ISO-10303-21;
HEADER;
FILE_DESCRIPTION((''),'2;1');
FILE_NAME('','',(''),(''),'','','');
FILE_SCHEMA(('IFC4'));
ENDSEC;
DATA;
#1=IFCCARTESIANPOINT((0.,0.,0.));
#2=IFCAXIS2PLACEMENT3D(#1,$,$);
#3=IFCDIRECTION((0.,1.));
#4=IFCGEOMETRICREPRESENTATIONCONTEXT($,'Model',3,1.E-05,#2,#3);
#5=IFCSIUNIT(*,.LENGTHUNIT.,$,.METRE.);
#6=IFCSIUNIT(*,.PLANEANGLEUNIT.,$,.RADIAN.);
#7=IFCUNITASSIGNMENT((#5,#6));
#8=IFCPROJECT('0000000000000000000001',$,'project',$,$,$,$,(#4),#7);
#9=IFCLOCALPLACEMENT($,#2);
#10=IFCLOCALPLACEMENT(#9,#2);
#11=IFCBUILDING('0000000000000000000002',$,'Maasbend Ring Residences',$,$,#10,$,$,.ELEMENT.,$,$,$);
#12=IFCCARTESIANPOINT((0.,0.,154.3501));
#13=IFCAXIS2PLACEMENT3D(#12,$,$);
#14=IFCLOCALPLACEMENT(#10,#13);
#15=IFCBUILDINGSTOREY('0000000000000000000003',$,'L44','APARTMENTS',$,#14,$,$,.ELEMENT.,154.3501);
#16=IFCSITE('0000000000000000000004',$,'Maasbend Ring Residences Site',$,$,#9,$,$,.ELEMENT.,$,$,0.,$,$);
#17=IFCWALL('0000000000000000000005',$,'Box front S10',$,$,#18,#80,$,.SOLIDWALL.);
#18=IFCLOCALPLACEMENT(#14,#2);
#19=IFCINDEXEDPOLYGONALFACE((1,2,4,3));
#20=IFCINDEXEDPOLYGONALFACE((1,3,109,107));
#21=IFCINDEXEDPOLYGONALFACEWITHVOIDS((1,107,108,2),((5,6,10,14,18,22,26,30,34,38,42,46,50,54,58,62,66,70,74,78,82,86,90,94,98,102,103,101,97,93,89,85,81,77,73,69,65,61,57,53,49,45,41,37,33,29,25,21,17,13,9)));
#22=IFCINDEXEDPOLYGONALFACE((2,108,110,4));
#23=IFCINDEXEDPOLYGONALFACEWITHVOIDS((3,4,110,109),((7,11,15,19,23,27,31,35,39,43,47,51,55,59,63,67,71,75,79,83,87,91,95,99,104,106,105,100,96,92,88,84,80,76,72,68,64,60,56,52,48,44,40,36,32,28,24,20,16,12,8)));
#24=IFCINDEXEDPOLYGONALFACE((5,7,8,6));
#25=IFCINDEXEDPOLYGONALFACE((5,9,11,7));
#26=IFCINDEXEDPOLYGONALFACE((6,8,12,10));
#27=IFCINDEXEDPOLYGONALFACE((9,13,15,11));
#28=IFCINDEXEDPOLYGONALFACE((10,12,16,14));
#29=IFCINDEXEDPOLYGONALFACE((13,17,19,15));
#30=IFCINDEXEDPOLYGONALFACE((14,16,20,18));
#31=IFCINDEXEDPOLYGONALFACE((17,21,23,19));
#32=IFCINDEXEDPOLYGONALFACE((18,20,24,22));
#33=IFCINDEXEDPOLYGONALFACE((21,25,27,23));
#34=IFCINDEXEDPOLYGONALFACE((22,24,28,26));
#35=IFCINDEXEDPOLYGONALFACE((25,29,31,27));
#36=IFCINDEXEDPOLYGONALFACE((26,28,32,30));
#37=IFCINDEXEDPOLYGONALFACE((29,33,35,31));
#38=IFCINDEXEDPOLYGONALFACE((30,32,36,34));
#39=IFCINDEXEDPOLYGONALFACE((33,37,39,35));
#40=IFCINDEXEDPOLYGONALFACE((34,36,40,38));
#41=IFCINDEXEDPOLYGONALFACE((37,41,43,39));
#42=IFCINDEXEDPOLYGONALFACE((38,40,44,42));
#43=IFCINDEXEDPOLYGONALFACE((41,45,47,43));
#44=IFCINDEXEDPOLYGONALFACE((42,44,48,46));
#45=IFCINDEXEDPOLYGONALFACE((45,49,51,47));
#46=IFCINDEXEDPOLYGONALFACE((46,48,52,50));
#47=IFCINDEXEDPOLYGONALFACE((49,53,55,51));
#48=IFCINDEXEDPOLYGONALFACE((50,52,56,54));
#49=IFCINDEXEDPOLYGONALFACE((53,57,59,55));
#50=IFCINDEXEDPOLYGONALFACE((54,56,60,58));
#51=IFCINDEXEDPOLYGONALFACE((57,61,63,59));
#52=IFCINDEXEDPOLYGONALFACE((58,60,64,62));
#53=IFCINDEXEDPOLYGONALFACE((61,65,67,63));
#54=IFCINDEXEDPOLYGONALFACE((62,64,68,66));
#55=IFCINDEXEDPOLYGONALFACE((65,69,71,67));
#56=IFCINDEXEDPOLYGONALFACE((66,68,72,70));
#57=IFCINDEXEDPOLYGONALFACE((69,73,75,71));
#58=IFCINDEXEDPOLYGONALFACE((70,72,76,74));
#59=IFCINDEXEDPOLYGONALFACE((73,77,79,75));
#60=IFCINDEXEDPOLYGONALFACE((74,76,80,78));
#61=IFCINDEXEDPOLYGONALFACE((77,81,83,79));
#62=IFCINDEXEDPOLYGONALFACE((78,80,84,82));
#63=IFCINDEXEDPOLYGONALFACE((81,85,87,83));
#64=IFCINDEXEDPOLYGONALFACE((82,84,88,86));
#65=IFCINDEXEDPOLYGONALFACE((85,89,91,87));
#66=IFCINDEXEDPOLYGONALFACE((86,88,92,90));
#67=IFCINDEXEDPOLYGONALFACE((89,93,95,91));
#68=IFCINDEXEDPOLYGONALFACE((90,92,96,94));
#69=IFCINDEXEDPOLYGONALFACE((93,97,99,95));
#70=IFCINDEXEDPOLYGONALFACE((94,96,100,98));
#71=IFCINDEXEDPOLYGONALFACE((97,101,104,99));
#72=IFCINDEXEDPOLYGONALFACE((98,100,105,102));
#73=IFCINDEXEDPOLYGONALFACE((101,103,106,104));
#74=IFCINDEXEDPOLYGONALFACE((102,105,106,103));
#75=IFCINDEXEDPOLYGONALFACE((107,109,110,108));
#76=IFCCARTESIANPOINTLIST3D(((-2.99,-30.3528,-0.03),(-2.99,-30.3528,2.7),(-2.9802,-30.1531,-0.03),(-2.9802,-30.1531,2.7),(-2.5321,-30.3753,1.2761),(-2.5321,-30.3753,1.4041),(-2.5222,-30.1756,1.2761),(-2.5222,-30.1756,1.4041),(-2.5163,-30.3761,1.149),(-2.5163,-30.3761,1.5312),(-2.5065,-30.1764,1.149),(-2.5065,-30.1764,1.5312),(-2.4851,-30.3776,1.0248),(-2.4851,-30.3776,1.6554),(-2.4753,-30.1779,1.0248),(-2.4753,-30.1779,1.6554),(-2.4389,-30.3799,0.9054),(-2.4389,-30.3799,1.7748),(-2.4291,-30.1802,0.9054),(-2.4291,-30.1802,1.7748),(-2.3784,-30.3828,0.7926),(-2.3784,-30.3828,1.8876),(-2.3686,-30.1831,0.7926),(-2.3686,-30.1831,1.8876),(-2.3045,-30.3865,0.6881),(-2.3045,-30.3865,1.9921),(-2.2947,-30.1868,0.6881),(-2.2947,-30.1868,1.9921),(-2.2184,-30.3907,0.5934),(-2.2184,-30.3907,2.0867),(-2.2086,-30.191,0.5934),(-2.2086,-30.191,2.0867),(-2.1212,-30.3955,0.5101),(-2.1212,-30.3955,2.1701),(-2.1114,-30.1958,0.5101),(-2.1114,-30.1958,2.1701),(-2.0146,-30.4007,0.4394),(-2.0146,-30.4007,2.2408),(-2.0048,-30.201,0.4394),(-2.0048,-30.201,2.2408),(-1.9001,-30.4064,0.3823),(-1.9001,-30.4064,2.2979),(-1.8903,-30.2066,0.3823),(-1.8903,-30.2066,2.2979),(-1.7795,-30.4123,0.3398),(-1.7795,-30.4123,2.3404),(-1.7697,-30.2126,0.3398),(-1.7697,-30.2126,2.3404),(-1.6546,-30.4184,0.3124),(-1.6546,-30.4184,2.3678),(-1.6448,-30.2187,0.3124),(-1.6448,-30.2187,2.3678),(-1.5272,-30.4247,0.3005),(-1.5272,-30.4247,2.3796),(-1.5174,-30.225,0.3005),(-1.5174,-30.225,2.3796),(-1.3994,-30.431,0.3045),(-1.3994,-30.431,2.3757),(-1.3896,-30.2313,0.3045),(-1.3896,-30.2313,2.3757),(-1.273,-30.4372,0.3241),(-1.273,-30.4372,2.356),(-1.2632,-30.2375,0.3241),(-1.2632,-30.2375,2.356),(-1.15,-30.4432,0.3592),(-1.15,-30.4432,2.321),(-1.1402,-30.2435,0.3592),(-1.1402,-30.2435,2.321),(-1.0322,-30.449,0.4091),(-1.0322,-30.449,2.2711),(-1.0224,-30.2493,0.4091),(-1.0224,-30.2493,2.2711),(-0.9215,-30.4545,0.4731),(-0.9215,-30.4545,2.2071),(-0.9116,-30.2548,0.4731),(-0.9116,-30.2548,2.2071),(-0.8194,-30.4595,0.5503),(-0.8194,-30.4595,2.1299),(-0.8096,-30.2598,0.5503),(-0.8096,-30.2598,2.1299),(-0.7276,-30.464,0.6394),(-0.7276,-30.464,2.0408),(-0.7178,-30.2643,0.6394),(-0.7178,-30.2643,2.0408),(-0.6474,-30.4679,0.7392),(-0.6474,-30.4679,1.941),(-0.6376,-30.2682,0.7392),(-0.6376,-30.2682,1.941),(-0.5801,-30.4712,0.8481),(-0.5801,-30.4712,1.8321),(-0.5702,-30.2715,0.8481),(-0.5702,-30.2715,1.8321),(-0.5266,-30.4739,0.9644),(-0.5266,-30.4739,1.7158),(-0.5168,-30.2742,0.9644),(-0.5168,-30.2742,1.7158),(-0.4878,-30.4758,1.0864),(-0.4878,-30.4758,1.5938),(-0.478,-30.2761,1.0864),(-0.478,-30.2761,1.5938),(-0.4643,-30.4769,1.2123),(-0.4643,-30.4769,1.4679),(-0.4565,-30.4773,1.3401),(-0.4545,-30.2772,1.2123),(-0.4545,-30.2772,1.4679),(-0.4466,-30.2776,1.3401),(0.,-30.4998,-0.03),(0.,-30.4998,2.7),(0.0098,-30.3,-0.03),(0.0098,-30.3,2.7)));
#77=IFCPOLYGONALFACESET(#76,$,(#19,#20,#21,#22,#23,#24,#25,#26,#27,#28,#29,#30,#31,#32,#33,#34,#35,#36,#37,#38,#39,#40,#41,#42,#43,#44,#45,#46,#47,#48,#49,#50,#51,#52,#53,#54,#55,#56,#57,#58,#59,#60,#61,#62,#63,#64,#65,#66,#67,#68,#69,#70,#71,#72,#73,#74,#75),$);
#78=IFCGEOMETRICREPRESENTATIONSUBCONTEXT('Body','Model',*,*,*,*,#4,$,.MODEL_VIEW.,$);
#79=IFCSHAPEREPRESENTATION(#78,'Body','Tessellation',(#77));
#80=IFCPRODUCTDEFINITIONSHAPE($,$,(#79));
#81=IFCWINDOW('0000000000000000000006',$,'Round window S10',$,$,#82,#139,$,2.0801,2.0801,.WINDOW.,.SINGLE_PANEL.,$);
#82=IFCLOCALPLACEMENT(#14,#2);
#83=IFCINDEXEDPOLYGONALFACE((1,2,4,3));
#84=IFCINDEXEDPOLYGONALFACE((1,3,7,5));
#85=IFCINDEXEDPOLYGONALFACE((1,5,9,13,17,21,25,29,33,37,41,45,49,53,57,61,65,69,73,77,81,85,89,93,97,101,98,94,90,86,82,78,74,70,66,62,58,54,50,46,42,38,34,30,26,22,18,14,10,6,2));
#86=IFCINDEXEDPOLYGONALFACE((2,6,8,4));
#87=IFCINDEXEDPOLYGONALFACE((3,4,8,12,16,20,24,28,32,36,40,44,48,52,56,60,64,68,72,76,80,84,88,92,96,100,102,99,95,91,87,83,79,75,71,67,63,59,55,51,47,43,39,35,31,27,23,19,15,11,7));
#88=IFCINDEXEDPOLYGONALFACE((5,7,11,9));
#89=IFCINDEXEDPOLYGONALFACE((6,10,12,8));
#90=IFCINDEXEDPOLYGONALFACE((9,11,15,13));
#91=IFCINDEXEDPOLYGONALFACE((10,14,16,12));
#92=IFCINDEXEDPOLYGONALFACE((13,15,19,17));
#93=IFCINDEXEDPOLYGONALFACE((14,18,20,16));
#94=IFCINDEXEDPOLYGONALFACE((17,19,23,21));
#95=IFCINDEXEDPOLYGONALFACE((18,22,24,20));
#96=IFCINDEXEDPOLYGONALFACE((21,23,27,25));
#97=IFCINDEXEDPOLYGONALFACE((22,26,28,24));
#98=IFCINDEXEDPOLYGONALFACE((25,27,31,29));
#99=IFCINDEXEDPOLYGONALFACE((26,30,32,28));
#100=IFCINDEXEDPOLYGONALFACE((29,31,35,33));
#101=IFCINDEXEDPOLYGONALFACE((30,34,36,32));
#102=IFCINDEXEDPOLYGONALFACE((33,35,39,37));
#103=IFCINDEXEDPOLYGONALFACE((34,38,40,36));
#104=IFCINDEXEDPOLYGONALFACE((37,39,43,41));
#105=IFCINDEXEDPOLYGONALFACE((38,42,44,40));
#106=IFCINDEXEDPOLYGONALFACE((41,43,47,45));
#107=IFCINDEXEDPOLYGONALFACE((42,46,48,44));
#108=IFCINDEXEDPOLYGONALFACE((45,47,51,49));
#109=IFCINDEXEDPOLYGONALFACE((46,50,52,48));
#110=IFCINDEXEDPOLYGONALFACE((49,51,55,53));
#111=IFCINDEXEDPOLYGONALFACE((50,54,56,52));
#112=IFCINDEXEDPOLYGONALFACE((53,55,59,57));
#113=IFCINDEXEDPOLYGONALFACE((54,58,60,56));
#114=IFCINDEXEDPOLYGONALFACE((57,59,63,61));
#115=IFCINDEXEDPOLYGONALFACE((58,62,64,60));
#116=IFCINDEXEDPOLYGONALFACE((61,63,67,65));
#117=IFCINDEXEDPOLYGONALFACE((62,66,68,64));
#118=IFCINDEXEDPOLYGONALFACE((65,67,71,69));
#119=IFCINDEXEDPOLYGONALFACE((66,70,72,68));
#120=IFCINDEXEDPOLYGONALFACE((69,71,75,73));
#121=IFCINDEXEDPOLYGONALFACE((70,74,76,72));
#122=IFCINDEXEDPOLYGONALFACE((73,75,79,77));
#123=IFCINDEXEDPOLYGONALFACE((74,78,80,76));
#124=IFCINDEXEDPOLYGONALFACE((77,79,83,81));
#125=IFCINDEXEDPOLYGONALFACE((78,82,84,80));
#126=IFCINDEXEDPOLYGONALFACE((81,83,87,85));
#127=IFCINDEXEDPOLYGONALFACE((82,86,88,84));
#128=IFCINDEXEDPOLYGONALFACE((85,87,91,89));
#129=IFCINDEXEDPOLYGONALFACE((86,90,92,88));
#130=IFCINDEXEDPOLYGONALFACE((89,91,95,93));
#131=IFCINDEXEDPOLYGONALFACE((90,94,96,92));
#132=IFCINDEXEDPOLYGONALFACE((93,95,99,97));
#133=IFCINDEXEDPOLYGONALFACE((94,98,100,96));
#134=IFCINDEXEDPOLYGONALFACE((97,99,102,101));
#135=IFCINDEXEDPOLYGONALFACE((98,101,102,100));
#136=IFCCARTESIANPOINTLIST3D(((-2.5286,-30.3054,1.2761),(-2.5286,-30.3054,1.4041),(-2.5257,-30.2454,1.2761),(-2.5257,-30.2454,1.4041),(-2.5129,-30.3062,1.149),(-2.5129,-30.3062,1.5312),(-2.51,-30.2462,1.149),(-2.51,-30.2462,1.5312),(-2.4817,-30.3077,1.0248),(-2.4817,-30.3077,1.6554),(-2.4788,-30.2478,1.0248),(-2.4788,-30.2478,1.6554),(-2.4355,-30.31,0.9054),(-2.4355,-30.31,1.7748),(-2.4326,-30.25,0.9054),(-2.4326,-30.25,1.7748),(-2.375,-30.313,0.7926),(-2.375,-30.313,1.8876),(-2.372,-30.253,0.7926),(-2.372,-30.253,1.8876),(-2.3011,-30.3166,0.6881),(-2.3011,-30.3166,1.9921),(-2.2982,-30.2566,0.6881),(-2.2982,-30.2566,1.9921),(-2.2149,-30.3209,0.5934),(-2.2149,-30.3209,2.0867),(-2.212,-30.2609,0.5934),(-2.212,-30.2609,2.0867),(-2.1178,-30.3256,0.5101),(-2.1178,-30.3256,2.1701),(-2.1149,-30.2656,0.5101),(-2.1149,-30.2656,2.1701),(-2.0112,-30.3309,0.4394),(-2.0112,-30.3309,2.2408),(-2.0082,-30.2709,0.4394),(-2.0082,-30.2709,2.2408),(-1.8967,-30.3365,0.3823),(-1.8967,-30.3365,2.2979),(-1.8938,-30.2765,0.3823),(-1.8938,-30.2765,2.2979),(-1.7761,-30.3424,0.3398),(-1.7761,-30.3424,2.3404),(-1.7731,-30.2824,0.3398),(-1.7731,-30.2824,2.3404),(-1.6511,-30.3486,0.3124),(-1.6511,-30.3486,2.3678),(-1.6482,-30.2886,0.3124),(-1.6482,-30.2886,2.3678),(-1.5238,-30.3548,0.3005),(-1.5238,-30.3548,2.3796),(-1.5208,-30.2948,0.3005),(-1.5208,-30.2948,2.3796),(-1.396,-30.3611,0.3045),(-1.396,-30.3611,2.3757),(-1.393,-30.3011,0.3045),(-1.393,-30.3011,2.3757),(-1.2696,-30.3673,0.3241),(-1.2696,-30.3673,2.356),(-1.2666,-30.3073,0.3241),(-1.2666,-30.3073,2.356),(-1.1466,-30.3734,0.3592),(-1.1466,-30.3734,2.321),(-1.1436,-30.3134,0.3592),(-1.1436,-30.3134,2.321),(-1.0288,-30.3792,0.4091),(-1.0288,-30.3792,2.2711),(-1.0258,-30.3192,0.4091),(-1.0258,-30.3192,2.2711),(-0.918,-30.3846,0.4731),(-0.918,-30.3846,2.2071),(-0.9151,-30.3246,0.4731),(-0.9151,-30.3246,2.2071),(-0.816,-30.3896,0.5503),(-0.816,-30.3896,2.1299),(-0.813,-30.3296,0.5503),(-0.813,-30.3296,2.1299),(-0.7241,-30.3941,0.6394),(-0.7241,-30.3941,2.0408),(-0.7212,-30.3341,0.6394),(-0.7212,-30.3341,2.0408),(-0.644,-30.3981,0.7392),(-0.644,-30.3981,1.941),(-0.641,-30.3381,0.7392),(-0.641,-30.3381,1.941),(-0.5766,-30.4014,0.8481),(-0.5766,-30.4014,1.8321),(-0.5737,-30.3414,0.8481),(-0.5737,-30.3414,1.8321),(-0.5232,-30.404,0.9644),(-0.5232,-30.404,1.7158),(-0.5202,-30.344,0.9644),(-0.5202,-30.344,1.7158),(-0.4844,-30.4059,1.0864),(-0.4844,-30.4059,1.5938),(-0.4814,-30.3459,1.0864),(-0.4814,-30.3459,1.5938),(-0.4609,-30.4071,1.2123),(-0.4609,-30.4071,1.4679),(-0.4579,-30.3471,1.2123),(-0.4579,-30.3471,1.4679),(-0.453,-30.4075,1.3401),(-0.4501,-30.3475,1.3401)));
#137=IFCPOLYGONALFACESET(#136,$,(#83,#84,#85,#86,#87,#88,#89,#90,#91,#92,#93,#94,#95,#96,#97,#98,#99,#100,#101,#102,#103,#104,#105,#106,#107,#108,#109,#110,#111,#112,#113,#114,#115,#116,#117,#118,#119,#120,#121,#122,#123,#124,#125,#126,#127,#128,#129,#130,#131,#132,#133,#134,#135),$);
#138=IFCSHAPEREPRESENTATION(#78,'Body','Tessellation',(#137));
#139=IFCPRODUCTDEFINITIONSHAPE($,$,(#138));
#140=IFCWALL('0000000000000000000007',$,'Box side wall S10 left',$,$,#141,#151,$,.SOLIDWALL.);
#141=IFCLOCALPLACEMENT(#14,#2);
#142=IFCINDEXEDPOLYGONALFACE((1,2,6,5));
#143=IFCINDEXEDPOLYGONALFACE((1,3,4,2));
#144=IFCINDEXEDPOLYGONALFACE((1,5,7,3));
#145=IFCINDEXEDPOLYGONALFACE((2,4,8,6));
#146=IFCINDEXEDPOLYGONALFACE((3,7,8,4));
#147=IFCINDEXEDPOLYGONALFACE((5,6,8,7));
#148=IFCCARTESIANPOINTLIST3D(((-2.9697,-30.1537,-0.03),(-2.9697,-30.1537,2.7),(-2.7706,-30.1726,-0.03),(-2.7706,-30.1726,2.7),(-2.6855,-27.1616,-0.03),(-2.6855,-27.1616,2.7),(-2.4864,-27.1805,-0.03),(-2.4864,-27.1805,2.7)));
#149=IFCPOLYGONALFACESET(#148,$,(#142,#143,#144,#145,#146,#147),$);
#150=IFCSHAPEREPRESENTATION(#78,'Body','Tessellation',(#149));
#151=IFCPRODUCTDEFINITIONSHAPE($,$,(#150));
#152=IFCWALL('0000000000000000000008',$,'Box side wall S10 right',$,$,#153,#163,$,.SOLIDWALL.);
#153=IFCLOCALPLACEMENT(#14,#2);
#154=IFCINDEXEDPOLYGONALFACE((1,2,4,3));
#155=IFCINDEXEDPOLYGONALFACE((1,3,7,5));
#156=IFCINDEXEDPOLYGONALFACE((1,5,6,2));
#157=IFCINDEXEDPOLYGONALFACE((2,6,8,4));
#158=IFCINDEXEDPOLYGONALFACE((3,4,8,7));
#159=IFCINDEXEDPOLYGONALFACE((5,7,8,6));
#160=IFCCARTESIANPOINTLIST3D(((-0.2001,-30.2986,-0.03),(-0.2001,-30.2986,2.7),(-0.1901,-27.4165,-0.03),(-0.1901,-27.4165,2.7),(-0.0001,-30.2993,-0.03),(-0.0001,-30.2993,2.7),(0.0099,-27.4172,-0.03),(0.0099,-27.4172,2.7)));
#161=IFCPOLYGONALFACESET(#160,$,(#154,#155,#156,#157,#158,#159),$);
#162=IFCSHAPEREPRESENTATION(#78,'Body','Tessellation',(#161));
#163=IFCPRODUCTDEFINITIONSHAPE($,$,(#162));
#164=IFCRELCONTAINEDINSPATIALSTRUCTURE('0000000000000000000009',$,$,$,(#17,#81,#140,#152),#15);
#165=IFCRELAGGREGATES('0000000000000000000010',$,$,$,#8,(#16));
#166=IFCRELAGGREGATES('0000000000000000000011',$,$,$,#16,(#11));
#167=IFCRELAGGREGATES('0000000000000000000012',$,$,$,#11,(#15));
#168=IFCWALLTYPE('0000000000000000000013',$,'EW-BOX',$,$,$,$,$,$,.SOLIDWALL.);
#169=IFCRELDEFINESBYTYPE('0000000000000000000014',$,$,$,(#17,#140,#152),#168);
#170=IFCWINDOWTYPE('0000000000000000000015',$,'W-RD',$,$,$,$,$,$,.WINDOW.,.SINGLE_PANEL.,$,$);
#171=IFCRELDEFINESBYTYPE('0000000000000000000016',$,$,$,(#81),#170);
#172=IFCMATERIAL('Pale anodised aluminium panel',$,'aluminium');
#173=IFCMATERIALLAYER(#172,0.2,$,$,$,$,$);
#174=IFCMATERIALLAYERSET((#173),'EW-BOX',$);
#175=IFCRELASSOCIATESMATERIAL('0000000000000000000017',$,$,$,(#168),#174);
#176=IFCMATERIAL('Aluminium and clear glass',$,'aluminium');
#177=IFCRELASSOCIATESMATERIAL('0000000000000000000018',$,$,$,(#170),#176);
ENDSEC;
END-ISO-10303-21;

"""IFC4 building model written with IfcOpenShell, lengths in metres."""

from ifc_helpers import new_model, si_unit, direction, frame, frame_2d, origin, place, context, subcontext, project, spatial, rectangle, circle, extrude, material, layer, layer_set, type_object, element, fill, save


model = new_model("IFC4")

# Units and contexts
model_context = context("Model", 3, precision=1e-05, world=origin(), true_north=direction((0.0, 1.0)))
body_context = subcontext(model_context, "Body", "Model", "MODEL_VIEW")
ifc_project = project(units=[si_unit("LENGTHUNIT", "METRE"), si_unit("PLANEANGLEUNIT", "RADIAN")], contexts=[model_context])

# Site, building, storey
site_placement = place(None, origin())
site = spatial("IfcSite", under=ifc_project, at=site_placement, Name="Maasbend Ring Residences Site", CompositionType="ELEMENT", RefElevation=0.0)
building_placement = place(site_placement, origin())
building = spatial("IfcBuilding", under=site, at=building_placement, Name="Maasbend Ring Residences", CompositionType="ELEMENT")
storey_placement = place(building_placement, frame((0.0, 0.0, 154.3501)))
storey = spatial("IfcBuildingStorey", under=building, at=storey_placement, Name="L44", Description="APARTMENTS", CompositionType="ELEMENT", Elevation=154.3501)

# Shared definitions
ifc_material_1 = material(Name="Pale anodised aluminium panel", Category="aluminium")
ifc_layer_1 = layer(ifc_material_1, 0.2)
ifc_layer_set_1 = layer_set([ifc_layer_1], Name="EW-BOX")
wall_type_1 = type_object("IfcWallType", Name="EW-BOX", PredefinedType="SOLIDWALL", material=ifc_layer_set_1)

# Shared definitions
ifc_material_2 = material(Name="Aluminium and clear glass", Category="aluminium")
window_type_1 = type_object("IfcWindowType", Name="W-RD", PartitioningType="SINGLE_PANEL", PredefinedType="WINDOW", material=ifc_material_2)

# Wall, opening, window
wall_1_placement = place(storey_placement, frame((-2.9851, -30.2529, -0.03), z_axis=(0.0, 0.0, 1.0), x_axis=(0.998794, -0.049096, 0.0)))
wall_1 = element("IfcWall", 1, at=wall_1_placement, inside=storey, type_object=wall_type_1, Name="Box front S10", PredefinedType="SOLIDWALL", context=body_context, shape_type="SweptSolid", body=[
    extrude(rectangle(XDim=2.9937, YDim=0.2, at=frame_2d((1.4968, 0.0))), origin(), (0.0, 0.0, 1.0), 2.73),
])
opening_1_placement = place(wall_1_placement, frame((0.4565, 0.0, 0.3301)))
opening_1 = element("IfcOpeningElement", 2, at=opening_1_placement, cuts=wall_1, PredefinedType="OPENING", context=body_context, shape_type="SweptSolid", body=[
    extrude(circle(Radius=1.04, at=frame_2d((1.04, 1.04))), frame((0.0, 0.1099, 0.0), z_axis=(0.0, -1.0, 0.0), x_axis=(1.0, 0.0, 0.0)), (0.0, 0.0, 1.0), 0.22),
])
window_1_placement = place(opening_1_placement, origin())
window_1 = element("IfcWindow", 3, at=window_1_placement, inside=storey, type_object=window_type_1, Name="Round window S10", OverallHeight=2.0801, OverallWidth=2.0801, PartitioningType="SINGLE_PANEL", PredefinedType="WINDOW", context=body_context, shape_type="SweptSolid", body=[
    extrude(circle(Radius=1.04, at=frame_2d((1.04, 1.04))), frame((0.0, 0.03, 0.0), z_axis=(0.0, -1.0, 0.0), x_axis=(1.0, 0.0, 0.0)), (0.0, 0.0, 1.0), 0.0601),
])
fill(opening_1, window_1)

# Walls
wall_2_placement = place(storey_placement, frame((-2.5859, -27.1709, -0.03), z_axis=(0.0, 0.0, 1.0), x_axis=(-0.094548, -0.99552, 0.0)))
element("IfcWall", 4, at=wall_2_placement, inside=storey, type_object=wall_type_1, Name="Box side wall S10 left", PredefinedType="SOLIDWALL", context=body_context, shape_type="SweptSolid", body=[
    extrude(rectangle(XDim=3.0056, YDim=0.2, at=frame_2d((1.5029, 0.0))), origin(), (0.0, 0.0, 1.0), 2.73),
])
wall_3_placement = place(storey_placement, frame((-0.0901, -27.417, -0.03), z_axis=(0.0, 0.0, 1.0), x_axis=(-0.003473, -0.999994, 0.0)))
element("IfcWall", 5, at=wall_3_placement, inside=storey, type_object=wall_type_1, Name="Box side wall S10 right", PredefinedType="SOLIDWALL", context=body_context, shape_type="SweptSolid", body=[
    extrude(rectangle(XDim=2.8821, YDim=0.2, at=frame_2d((1.4409, 0.0))), origin(), (0.0, 0.0, 1.0), 2.73),
])

save(model, "model.ifc")
